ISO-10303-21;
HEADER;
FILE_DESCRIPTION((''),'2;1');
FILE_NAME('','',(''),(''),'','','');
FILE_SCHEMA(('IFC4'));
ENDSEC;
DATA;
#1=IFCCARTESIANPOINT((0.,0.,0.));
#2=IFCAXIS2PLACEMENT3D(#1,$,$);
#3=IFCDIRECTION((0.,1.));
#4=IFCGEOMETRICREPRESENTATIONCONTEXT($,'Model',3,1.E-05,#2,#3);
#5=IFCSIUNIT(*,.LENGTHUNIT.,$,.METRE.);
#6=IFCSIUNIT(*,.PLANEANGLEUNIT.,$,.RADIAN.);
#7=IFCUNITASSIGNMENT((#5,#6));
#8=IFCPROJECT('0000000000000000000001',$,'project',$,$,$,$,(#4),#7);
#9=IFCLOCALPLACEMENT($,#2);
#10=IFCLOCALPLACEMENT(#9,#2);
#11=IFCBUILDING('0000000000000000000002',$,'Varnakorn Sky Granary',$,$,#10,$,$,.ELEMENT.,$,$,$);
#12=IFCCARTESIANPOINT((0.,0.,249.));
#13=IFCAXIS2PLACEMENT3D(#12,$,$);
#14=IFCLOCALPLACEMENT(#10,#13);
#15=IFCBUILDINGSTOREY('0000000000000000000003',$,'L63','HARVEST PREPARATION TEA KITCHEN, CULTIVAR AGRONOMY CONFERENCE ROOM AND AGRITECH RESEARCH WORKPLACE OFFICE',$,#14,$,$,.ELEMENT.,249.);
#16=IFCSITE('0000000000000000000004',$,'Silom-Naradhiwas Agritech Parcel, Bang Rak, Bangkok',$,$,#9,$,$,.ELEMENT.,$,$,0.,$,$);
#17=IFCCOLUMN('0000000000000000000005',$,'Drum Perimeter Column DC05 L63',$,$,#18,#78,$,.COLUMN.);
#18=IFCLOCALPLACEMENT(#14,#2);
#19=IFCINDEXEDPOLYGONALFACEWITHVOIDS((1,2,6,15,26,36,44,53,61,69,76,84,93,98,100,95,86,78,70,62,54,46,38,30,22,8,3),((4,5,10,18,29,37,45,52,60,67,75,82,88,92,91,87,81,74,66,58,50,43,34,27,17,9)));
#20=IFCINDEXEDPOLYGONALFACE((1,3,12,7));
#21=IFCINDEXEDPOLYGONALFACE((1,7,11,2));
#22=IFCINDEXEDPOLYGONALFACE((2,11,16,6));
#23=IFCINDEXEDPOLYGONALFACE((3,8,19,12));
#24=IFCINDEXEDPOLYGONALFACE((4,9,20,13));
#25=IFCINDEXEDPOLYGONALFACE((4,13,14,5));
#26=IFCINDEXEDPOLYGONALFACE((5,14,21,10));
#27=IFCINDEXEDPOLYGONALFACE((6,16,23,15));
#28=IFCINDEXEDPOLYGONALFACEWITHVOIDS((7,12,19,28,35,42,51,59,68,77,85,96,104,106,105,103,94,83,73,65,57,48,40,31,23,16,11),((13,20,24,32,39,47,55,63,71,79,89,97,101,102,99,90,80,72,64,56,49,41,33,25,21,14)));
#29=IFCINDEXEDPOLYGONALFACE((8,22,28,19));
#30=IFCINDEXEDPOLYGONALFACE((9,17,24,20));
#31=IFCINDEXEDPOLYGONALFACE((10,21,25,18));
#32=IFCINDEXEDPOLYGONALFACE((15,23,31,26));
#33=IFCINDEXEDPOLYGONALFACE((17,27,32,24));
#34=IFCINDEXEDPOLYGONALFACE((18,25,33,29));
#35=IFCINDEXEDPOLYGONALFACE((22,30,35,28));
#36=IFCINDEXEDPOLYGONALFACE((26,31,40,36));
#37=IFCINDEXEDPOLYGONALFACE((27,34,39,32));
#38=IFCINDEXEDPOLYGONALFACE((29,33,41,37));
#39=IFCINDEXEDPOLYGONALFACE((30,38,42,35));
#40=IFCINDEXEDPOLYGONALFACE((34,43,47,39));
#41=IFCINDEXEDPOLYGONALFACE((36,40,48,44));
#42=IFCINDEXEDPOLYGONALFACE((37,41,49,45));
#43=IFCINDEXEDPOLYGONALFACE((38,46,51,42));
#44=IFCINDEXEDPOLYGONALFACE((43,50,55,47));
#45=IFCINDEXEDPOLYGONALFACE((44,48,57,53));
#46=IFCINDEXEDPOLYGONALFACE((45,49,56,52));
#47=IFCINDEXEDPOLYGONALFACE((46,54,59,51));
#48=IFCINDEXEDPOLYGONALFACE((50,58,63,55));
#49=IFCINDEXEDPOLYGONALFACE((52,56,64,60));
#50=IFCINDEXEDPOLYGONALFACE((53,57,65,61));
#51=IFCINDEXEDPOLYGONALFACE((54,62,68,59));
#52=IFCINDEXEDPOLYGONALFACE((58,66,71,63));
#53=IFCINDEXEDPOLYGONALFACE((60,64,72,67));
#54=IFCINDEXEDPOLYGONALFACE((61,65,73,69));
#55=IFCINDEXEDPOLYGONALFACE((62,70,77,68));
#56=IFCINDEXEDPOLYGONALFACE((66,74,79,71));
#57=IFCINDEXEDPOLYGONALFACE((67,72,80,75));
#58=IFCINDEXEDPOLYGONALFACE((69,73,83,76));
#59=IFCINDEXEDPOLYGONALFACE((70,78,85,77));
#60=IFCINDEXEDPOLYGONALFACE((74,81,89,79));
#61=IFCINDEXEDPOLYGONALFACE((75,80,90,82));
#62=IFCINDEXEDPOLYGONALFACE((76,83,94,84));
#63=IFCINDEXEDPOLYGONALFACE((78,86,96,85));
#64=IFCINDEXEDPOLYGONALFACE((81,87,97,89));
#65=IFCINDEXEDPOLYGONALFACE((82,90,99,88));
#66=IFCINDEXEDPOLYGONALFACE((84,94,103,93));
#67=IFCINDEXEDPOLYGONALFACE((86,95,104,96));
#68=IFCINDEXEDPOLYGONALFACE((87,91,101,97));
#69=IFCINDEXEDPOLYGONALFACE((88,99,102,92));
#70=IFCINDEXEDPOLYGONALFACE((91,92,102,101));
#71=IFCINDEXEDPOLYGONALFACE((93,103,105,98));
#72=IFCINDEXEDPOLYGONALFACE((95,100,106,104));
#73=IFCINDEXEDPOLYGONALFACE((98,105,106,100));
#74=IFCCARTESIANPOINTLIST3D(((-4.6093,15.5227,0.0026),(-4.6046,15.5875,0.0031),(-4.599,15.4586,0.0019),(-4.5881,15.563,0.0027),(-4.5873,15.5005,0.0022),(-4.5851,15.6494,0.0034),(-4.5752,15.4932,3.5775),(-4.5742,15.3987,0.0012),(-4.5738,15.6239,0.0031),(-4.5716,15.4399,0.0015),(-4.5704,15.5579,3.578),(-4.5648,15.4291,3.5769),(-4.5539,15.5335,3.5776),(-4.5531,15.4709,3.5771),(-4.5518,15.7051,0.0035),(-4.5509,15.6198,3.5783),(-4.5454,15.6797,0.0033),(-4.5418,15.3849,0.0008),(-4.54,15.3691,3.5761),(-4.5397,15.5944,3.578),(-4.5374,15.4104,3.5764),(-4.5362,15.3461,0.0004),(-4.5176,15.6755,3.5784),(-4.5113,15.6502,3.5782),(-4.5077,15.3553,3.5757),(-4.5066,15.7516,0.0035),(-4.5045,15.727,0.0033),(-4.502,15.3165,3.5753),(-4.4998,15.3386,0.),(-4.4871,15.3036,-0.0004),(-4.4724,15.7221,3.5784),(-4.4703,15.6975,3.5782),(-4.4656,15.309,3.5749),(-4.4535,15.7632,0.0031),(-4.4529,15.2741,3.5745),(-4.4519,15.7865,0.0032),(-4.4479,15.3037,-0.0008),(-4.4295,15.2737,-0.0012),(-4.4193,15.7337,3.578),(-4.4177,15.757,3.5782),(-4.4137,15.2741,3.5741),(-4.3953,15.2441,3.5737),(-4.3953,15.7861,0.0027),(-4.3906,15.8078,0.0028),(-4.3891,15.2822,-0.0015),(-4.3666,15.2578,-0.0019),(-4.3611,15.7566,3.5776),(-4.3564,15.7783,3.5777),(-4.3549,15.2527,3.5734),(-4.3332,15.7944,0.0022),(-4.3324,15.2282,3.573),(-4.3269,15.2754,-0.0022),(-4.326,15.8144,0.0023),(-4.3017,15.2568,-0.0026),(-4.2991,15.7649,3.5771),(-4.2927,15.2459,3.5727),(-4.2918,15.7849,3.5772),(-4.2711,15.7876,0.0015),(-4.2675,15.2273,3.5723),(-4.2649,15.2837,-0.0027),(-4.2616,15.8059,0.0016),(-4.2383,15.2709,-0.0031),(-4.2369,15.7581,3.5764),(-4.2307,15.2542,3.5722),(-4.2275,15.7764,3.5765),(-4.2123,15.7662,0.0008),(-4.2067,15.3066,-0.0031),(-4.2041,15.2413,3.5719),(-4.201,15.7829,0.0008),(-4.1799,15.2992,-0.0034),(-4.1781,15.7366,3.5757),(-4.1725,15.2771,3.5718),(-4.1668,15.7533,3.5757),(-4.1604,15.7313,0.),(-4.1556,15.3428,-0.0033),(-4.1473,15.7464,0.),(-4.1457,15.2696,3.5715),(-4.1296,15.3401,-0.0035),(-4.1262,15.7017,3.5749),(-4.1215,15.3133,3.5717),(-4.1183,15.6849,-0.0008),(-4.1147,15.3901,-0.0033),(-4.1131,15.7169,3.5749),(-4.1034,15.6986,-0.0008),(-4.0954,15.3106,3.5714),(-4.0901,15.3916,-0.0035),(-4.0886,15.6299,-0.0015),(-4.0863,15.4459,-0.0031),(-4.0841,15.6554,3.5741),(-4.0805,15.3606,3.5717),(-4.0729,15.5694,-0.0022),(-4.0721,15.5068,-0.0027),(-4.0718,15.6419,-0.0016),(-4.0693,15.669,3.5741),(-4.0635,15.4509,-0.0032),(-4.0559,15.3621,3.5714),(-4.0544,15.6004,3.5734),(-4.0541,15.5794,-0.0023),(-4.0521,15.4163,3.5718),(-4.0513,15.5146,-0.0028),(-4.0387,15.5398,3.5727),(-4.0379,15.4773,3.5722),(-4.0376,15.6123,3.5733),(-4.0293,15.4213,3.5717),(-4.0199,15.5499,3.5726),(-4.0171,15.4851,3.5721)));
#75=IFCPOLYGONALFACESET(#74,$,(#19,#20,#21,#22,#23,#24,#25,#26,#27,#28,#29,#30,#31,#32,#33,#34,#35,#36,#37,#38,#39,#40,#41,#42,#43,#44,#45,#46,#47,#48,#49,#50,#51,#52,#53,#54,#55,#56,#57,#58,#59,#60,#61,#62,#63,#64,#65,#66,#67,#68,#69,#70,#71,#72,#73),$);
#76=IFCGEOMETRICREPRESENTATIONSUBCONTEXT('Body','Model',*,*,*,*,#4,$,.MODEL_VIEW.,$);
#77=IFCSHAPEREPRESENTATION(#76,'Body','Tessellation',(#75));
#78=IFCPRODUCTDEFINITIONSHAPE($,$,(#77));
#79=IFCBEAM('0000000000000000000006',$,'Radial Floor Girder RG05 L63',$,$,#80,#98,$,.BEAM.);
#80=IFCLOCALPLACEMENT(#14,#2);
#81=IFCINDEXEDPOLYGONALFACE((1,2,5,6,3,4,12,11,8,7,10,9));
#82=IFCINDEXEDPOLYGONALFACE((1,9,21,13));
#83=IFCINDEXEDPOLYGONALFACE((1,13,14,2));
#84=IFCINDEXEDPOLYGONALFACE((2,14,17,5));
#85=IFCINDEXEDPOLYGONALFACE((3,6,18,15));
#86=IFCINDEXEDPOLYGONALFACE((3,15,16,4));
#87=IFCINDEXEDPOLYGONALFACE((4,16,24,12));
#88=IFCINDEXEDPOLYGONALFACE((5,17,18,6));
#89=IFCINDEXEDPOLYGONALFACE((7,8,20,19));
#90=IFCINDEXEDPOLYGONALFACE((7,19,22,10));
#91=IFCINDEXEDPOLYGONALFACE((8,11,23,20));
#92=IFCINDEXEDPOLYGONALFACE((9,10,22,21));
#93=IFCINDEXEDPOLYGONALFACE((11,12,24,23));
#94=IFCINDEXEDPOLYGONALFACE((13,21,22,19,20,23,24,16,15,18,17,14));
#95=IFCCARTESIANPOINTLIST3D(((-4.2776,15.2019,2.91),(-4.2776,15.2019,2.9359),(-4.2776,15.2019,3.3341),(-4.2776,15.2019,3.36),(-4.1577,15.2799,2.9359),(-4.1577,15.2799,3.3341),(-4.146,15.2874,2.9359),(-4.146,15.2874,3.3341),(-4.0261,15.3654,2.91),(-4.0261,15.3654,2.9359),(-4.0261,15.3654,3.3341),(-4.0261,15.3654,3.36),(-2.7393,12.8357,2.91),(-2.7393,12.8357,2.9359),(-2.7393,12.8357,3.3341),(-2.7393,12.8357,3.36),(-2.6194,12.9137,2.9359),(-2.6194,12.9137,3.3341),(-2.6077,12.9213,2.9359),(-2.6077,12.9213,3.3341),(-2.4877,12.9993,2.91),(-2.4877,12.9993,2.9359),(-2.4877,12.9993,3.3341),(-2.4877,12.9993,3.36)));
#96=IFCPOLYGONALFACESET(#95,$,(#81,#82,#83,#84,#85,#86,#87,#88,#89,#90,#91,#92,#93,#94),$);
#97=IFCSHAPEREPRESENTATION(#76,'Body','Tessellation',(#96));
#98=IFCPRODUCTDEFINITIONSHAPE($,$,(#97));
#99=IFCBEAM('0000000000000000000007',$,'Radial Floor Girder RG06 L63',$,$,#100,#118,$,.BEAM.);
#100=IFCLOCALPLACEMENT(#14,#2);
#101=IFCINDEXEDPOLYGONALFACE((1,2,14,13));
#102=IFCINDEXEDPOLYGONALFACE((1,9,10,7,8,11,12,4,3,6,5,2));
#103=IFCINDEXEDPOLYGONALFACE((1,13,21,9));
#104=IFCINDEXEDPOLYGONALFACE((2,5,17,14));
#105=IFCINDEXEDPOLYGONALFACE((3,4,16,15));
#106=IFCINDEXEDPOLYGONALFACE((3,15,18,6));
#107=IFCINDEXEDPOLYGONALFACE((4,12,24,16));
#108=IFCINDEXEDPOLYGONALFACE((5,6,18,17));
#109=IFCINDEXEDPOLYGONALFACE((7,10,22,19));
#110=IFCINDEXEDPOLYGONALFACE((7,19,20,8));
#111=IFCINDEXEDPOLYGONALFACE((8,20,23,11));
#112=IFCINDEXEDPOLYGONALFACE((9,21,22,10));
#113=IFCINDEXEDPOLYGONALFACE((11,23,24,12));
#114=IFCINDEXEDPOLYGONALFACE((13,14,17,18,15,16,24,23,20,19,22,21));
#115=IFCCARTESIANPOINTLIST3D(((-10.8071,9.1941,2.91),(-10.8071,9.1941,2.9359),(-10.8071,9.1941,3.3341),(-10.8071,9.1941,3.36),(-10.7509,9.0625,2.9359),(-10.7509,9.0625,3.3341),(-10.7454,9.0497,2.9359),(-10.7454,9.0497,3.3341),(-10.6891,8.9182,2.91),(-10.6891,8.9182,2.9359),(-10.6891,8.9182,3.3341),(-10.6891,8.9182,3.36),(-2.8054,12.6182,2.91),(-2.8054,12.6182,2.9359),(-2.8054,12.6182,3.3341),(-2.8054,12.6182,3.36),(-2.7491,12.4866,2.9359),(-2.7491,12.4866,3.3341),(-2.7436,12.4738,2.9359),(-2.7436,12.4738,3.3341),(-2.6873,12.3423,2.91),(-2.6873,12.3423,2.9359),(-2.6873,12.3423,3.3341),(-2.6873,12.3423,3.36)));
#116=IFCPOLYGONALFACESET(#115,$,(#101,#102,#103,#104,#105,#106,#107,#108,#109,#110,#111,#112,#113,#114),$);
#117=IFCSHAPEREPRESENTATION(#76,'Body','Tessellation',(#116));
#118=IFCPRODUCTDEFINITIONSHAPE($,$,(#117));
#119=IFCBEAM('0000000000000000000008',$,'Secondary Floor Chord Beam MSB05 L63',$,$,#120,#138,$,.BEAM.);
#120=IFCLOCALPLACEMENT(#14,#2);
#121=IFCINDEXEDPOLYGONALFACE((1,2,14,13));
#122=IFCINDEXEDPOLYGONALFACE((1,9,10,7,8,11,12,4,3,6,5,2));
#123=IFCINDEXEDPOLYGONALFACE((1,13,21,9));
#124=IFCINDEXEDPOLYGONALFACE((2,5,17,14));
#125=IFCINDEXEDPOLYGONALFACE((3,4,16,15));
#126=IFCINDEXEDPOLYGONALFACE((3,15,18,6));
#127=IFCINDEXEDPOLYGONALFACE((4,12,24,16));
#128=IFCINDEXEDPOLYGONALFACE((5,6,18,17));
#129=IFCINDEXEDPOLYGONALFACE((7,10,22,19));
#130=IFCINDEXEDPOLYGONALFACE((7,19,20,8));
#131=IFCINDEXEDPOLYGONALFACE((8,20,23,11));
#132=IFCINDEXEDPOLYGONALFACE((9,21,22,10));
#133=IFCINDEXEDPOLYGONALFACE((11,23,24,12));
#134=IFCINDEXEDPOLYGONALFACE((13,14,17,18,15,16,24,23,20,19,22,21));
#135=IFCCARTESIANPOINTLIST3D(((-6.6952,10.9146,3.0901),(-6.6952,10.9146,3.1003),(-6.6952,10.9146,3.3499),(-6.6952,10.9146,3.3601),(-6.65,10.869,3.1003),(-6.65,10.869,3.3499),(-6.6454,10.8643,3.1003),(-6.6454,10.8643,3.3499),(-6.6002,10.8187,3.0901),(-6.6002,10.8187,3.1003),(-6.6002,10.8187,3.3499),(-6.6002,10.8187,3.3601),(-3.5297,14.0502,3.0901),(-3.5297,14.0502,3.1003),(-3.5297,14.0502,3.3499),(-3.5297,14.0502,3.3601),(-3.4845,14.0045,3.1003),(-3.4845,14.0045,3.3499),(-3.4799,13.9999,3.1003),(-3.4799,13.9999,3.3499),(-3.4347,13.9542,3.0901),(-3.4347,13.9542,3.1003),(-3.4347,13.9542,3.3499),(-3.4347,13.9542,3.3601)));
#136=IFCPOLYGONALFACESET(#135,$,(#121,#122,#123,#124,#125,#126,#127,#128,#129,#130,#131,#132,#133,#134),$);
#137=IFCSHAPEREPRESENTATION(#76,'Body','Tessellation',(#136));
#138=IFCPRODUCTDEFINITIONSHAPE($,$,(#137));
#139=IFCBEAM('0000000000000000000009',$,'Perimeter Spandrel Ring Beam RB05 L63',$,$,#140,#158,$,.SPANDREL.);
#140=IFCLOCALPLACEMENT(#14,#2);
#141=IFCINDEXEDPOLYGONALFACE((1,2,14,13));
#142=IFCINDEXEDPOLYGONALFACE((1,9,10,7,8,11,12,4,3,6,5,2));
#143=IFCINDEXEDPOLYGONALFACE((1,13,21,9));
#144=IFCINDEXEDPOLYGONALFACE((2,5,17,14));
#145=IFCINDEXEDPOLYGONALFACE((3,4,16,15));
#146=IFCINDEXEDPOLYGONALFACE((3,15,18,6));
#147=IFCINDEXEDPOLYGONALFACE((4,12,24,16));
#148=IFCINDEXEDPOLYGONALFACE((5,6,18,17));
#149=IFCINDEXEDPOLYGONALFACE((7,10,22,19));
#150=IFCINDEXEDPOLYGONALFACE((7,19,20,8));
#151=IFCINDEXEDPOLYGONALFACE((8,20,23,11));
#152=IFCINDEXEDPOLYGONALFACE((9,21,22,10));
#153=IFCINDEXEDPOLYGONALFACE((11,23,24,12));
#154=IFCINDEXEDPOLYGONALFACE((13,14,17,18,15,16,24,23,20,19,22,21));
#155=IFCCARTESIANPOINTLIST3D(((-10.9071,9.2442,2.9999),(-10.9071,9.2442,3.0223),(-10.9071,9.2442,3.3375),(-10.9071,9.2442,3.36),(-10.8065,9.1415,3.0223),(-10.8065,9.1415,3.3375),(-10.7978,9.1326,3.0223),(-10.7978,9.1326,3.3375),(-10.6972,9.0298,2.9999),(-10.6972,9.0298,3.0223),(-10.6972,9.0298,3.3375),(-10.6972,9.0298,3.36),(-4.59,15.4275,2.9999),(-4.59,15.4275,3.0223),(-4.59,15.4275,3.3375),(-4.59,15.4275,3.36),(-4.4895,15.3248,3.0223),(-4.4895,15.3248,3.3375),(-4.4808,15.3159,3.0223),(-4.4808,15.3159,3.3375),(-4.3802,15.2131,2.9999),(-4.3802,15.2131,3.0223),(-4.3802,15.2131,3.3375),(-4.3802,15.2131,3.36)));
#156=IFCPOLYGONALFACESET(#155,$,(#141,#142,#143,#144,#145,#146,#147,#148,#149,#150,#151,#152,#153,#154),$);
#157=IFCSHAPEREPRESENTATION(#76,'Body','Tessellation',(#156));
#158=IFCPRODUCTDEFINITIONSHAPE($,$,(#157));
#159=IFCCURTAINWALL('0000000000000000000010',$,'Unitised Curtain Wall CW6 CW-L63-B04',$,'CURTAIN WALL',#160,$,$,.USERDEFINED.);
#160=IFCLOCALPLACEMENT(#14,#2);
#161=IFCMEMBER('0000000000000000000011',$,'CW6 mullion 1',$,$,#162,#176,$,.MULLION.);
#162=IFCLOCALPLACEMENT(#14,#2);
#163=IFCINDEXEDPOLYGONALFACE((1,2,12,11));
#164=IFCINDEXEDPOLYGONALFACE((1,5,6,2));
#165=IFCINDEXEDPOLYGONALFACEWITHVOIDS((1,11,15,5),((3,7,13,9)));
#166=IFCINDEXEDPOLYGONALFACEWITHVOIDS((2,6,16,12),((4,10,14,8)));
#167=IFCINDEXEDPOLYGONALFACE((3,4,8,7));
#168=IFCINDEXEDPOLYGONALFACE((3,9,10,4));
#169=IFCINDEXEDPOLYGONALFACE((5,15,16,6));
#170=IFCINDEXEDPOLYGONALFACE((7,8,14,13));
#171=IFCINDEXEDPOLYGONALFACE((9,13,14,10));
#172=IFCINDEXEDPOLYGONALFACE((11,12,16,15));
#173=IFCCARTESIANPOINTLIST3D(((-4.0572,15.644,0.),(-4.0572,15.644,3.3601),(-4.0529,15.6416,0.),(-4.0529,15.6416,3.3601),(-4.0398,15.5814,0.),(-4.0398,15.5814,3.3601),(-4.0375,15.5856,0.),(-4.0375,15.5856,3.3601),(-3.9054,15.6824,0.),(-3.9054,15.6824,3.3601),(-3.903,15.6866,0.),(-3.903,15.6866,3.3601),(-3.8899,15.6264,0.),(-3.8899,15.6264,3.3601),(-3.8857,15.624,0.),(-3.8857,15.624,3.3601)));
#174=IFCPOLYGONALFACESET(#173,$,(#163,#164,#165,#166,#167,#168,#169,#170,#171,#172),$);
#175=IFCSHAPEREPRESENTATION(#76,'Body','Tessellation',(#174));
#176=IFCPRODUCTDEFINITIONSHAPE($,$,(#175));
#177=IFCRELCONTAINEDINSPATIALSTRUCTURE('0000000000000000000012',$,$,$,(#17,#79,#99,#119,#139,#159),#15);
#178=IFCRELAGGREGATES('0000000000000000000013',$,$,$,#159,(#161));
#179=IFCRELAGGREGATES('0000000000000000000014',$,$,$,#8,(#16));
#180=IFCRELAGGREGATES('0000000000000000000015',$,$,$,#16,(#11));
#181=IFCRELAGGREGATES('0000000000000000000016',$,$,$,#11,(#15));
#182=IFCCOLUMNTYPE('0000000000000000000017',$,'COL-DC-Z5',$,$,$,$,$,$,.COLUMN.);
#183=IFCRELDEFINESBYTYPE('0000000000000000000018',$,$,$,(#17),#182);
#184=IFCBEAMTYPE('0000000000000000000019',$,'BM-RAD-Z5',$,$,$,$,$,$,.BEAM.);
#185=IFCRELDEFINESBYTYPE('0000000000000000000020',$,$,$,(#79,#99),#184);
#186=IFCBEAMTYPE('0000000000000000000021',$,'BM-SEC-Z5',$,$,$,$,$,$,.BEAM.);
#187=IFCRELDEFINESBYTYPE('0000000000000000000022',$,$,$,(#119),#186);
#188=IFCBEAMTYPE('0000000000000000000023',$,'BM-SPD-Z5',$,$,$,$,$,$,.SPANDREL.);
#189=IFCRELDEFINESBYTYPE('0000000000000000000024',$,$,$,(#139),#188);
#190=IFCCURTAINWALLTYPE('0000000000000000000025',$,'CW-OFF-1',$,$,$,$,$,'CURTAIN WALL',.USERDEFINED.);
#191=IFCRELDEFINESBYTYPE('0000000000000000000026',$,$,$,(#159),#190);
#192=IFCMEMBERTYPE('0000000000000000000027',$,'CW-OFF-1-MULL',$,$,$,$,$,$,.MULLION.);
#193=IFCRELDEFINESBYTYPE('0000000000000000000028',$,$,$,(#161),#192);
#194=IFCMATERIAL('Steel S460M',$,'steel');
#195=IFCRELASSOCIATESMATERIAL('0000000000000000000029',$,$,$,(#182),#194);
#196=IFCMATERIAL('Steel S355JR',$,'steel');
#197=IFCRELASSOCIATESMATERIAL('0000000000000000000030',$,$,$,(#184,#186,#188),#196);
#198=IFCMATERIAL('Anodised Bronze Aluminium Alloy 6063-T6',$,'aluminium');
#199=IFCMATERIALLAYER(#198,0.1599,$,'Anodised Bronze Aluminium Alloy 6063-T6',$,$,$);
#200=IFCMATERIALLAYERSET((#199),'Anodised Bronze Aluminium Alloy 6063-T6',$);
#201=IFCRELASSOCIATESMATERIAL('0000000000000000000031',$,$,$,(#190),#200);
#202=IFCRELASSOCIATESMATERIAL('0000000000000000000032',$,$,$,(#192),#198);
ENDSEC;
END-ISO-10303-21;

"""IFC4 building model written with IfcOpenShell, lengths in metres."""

from ifc_helpers import new_model, si_unit, direction, frame, origin, origin_2d, place, context, subcontext, project, spatial, hollow_rectangle, hollow_circle, i_section, extrude, material, layer, layer_set, material_profile, profile_set, type_object, element, aggregate, save


model = new_model("IFC4")

# Units and contexts
model_context = context("Model", 3, precision=1e-05, world=origin(), true_north=direction((0.0, 1.0)))
body_context = subcontext(model_context, "Body", "Model", "MODEL_VIEW")
ifc_project = project(units=[si_unit("LENGTHUNIT", "METRE"), si_unit("PLANEANGLEUNIT", "RADIAN")], contexts=[model_context])

# Site, building, storey
site_placement = place(None, origin())
site = spatial("IfcSite", under=ifc_project, at=site_placement, Name="Silom-Naradhiwas Agritech Parcel, Bang Rak, Bangkok", CompositionType="ELEMENT", RefElevation=0.0)
building_placement = place(site_placement, origin())
building = spatial("IfcBuilding", under=site, at=building_placement, Name="Varnakorn Sky Granary", CompositionType="ELEMENT")
storey_placement = place(building_placement, frame((0.0, 0.0, 249.0)))
storey = spatial("IfcBuildingStorey", under=building, at=storey_placement, Name="L63", Description="HARVEST PREPARATION TEA KITCHEN, CULTIVAR AGRONOMY CONFERENCE ROOM AND AGRITECH RESEARCH WORKPLACE OFFICE", CompositionType="ELEMENT", Elevation=249.0)

# Column
ifc_material_1 = material(Name="Steel S460M", Category="steel")
ifc_material_profile_1 = material_profile(ifc_material_1, hollow_circle(Radius=0.2795, WallThickness=0.02, at=origin_2d()), Name="CHS 559x20")
ifc_profile_set_1 = profile_set([ifc_material_profile_1], Name="Steel S460M")
column_type = type_object("IfcColumnType", Name="COL-DC-Z5", PredefinedType="COLUMN", material=ifc_profile_set_1)
column_placement = place(storey_placement, frame((-4.3301, 15.5349, 0.0), z_axis=(0.00956, -0.008263, 0.99992), x_axis=(0.653901, 0.75658, 0.0)))
element("IfcColumn", 1, at=column_placement, inside=storey, type_object=column_type, Name="Drum Perimeter Column DC05 L63", PredefinedType="COLUMN", context=body_context, shape_type="SweptSolid", body=[
    extrude(hollow_circle(Radius=0.2795, WallThickness=0.02, at=origin_2d()), origin(), (0.0, 0.0, 1.0), 3.5752),
])

# Beams
ifc_material_2 = material(Name="Steel S355JR", Category="steel")
ifc_material_profile_2 = material_profile(ifc_material_2, i_section(OverallWidth=0.3, OverallDepth=0.45, WebThickness=0.0139, FlangeThickness=0.0259, at=origin_2d()), Name="HE 450 B")
ifc_profile_set_2 = profile_set([ifc_material_profile_2], Name="Steel S355JR")
beam_type_1 = type_object("IfcBeamType", Name="BM-RAD-Z5", PredefinedType="BEAM", material=ifc_profile_set_2)
beam_1_placement = place(storey_placement, frame((-2.6135, 12.9175, 3.135), z_axis=(-0.545061, 0.838396, 0.0), x_axis=(-0.838396, -0.545061, 0.0)))
element("IfcBeam", 2, at=beam_1_placement, inside=storey, type_object=beam_type_1, Name="Radial Floor Girder RG05 L63", PredefinedType="BEAM", context=body_context, shape_type="SweptSolid", body=[
    extrude(i_section(OverallWidth=0.3, OverallDepth=0.45, WebThickness=0.0139, FlangeThickness=0.0259, at=origin_2d()), origin(), (0.0, 0.0, 1.0), 2.8223),
])
beam_2_placement = place(storey_placement, frame((-2.7463, 12.4802, 3.135), z_axis=(-0.919363, -0.393411, 0.0), x_axis=(0.393411, -0.919363, 0.0)))
element("IfcBeam", 3, at=beam_2_placement, inside=storey, type_object=beam_type_1, Name="Radial Floor Girder RG06 L63", PredefinedType="BEAM", context=body_context, shape_type="SweptSolid", body=[
    extrude(i_section(OverallWidth=0.3, OverallDepth=0.45, WebThickness=0.0139, FlangeThickness=0.0259, at=origin_2d()), origin(), (0.0, 0.0, 1.0), 8.7036),
])
ifc_material_profile_3 = material_profile(ifc_material_2, i_section(OverallWidth=0.135, OverallDepth=0.27, WebThickness=0.0066, FlangeThickness=0.0103, at=origin_2d()), Name="IPE 270")
ifc_profile_set_3 = profile_set([ifc_material_profile_3], Name="Steel S355JR")
beam_type_2 = type_object("IfcBeamType", Name="BM-SEC-Z5", PredefinedType="BEAM", material=ifc_profile_set_3)
beam_3_placement = place(storey_placement, frame((-3.4822, 14.0022, 3.2251), z_axis=(-0.710469, -0.703729, 0.0), x_axis=(0.703729, -0.710469, 0.0)))
element("IfcBeam", 4, at=beam_3_placement, inside=storey, type_object=beam_type_2, Name="Secondary Floor Chord Beam MSB05 L63", PredefinedType="BEAM", context=body_context, shape_type="SweptSolid", body=[
    extrude(i_section(OverallWidth=0.135, OverallDepth=0.27, WebThickness=0.0066, FlangeThickness=0.0103, at=origin_2d()), origin(), (0.0, 0.0, 1.0), 4.4556),
])
ifc_material_profile_4 = material_profile(ifc_material_2, i_section(OverallWidth=0.3, OverallDepth=0.3601, WebThickness=0.0125, FlangeThickness=0.0225, at=origin_2d()), Name="HE 360 B")
ifc_profile_set_4 = profile_set([ifc_material_profile_4], Name="Steel S355JR")
beam_type_3 = type_object("IfcBeamType", Name="BM-SPD-Z5", PredefinedType="SPANDREL", material=ifc_profile_set_4)
beam_4_placement = place(storey_placement, frame((-4.4851, 15.3203, 3.1799), z_axis=(-0.714634, -0.699499, 0.0), x_axis=(0.699499, -0.714634, 0.0)))
element("IfcBeam", 5, at=beam_4_placement, inside=storey, type_object=beam_type_3, Name="Perimeter Spandrel Ring Beam RB05 L63", PredefinedType="SPANDREL", context=body_context, shape_type="SweptSolid", body=[
    extrude(i_section(OverallWidth=0.3, OverallDepth=0.3601, WebThickness=0.0125, FlangeThickness=0.0225, at=origin_2d()), origin(), (0.0, 0.0, 1.0), 8.8396),
])

# Curtain wall, member
ifc_material_3 = material(Name="Anodised Bronze Aluminium Alloy 6063-T6", Category="aluminium")
ifc_layer_1 = layer(ifc_material_3, 0.1599, Name="Anodised Bronze Aluminium Alloy 6063-T6")
ifc_layer_set_1 = layer_set([ifc_layer_1], Name="Anodised Bronze Aluminium Alloy 6063-T6")
curtain_wall_type = type_object("IfcCurtainWallType", Name="CW-OFF-1", ElementType="CURTAIN WALL", PredefinedType="USERDEFINED", material=ifc_layer_set_1)
curtain_wall_1_placement = place(storey_placement, origin())
curtain_wall_1 = element("IfcCurtainWall", 6, at=curtain_wall_1_placement, inside=storey, type_object=curtain_wall_type, Name="Unitised Curtain Wall CW6 CW-L63-B04", ObjectType="CURTAIN WALL", PredefinedType="USERDEFINED")
ifc_material_profile_5 = material_profile(ifc_material_3, hollow_rectangle(XDim=0.0649, YDim=0.1599, WallThickness=0.0034, at=origin_2d()), Name="ALU MULL 65x160")
ifc_profile_set_5 = profile_set([ifc_material_profile_5], Name="Anodised Bronze Aluminium Alloy 6063-T6")
member_type_1 = type_object("IfcMemberType", Name="CW-OFF-1-MULL", PredefinedType="MULLION", material=ifc_profile_set_5)
member_1_placement = place(storey_placement, frame((-3.9714, 15.634, 0.0), z_axis=(0.0, 0.0, 1.0), x_axis=(-0.266487, 0.963839, 0.0)))
member_1 = element("IfcMember", 7, at=member_1_placement, type_object=member_type_1, Name="CW6 mullion 1", PredefinedType="MULLION", context=body_context, shape_type="SweptSolid", body=[
    extrude(hollow_rectangle(XDim=0.0649, YDim=0.1599, WallThickness=0.0034, at=origin_2d()), origin(), (0.0, 0.0, 1.0), 3.3601),
])

aggregate(curtain_wall_1, [member_1])

save(model, "model.ifc")
